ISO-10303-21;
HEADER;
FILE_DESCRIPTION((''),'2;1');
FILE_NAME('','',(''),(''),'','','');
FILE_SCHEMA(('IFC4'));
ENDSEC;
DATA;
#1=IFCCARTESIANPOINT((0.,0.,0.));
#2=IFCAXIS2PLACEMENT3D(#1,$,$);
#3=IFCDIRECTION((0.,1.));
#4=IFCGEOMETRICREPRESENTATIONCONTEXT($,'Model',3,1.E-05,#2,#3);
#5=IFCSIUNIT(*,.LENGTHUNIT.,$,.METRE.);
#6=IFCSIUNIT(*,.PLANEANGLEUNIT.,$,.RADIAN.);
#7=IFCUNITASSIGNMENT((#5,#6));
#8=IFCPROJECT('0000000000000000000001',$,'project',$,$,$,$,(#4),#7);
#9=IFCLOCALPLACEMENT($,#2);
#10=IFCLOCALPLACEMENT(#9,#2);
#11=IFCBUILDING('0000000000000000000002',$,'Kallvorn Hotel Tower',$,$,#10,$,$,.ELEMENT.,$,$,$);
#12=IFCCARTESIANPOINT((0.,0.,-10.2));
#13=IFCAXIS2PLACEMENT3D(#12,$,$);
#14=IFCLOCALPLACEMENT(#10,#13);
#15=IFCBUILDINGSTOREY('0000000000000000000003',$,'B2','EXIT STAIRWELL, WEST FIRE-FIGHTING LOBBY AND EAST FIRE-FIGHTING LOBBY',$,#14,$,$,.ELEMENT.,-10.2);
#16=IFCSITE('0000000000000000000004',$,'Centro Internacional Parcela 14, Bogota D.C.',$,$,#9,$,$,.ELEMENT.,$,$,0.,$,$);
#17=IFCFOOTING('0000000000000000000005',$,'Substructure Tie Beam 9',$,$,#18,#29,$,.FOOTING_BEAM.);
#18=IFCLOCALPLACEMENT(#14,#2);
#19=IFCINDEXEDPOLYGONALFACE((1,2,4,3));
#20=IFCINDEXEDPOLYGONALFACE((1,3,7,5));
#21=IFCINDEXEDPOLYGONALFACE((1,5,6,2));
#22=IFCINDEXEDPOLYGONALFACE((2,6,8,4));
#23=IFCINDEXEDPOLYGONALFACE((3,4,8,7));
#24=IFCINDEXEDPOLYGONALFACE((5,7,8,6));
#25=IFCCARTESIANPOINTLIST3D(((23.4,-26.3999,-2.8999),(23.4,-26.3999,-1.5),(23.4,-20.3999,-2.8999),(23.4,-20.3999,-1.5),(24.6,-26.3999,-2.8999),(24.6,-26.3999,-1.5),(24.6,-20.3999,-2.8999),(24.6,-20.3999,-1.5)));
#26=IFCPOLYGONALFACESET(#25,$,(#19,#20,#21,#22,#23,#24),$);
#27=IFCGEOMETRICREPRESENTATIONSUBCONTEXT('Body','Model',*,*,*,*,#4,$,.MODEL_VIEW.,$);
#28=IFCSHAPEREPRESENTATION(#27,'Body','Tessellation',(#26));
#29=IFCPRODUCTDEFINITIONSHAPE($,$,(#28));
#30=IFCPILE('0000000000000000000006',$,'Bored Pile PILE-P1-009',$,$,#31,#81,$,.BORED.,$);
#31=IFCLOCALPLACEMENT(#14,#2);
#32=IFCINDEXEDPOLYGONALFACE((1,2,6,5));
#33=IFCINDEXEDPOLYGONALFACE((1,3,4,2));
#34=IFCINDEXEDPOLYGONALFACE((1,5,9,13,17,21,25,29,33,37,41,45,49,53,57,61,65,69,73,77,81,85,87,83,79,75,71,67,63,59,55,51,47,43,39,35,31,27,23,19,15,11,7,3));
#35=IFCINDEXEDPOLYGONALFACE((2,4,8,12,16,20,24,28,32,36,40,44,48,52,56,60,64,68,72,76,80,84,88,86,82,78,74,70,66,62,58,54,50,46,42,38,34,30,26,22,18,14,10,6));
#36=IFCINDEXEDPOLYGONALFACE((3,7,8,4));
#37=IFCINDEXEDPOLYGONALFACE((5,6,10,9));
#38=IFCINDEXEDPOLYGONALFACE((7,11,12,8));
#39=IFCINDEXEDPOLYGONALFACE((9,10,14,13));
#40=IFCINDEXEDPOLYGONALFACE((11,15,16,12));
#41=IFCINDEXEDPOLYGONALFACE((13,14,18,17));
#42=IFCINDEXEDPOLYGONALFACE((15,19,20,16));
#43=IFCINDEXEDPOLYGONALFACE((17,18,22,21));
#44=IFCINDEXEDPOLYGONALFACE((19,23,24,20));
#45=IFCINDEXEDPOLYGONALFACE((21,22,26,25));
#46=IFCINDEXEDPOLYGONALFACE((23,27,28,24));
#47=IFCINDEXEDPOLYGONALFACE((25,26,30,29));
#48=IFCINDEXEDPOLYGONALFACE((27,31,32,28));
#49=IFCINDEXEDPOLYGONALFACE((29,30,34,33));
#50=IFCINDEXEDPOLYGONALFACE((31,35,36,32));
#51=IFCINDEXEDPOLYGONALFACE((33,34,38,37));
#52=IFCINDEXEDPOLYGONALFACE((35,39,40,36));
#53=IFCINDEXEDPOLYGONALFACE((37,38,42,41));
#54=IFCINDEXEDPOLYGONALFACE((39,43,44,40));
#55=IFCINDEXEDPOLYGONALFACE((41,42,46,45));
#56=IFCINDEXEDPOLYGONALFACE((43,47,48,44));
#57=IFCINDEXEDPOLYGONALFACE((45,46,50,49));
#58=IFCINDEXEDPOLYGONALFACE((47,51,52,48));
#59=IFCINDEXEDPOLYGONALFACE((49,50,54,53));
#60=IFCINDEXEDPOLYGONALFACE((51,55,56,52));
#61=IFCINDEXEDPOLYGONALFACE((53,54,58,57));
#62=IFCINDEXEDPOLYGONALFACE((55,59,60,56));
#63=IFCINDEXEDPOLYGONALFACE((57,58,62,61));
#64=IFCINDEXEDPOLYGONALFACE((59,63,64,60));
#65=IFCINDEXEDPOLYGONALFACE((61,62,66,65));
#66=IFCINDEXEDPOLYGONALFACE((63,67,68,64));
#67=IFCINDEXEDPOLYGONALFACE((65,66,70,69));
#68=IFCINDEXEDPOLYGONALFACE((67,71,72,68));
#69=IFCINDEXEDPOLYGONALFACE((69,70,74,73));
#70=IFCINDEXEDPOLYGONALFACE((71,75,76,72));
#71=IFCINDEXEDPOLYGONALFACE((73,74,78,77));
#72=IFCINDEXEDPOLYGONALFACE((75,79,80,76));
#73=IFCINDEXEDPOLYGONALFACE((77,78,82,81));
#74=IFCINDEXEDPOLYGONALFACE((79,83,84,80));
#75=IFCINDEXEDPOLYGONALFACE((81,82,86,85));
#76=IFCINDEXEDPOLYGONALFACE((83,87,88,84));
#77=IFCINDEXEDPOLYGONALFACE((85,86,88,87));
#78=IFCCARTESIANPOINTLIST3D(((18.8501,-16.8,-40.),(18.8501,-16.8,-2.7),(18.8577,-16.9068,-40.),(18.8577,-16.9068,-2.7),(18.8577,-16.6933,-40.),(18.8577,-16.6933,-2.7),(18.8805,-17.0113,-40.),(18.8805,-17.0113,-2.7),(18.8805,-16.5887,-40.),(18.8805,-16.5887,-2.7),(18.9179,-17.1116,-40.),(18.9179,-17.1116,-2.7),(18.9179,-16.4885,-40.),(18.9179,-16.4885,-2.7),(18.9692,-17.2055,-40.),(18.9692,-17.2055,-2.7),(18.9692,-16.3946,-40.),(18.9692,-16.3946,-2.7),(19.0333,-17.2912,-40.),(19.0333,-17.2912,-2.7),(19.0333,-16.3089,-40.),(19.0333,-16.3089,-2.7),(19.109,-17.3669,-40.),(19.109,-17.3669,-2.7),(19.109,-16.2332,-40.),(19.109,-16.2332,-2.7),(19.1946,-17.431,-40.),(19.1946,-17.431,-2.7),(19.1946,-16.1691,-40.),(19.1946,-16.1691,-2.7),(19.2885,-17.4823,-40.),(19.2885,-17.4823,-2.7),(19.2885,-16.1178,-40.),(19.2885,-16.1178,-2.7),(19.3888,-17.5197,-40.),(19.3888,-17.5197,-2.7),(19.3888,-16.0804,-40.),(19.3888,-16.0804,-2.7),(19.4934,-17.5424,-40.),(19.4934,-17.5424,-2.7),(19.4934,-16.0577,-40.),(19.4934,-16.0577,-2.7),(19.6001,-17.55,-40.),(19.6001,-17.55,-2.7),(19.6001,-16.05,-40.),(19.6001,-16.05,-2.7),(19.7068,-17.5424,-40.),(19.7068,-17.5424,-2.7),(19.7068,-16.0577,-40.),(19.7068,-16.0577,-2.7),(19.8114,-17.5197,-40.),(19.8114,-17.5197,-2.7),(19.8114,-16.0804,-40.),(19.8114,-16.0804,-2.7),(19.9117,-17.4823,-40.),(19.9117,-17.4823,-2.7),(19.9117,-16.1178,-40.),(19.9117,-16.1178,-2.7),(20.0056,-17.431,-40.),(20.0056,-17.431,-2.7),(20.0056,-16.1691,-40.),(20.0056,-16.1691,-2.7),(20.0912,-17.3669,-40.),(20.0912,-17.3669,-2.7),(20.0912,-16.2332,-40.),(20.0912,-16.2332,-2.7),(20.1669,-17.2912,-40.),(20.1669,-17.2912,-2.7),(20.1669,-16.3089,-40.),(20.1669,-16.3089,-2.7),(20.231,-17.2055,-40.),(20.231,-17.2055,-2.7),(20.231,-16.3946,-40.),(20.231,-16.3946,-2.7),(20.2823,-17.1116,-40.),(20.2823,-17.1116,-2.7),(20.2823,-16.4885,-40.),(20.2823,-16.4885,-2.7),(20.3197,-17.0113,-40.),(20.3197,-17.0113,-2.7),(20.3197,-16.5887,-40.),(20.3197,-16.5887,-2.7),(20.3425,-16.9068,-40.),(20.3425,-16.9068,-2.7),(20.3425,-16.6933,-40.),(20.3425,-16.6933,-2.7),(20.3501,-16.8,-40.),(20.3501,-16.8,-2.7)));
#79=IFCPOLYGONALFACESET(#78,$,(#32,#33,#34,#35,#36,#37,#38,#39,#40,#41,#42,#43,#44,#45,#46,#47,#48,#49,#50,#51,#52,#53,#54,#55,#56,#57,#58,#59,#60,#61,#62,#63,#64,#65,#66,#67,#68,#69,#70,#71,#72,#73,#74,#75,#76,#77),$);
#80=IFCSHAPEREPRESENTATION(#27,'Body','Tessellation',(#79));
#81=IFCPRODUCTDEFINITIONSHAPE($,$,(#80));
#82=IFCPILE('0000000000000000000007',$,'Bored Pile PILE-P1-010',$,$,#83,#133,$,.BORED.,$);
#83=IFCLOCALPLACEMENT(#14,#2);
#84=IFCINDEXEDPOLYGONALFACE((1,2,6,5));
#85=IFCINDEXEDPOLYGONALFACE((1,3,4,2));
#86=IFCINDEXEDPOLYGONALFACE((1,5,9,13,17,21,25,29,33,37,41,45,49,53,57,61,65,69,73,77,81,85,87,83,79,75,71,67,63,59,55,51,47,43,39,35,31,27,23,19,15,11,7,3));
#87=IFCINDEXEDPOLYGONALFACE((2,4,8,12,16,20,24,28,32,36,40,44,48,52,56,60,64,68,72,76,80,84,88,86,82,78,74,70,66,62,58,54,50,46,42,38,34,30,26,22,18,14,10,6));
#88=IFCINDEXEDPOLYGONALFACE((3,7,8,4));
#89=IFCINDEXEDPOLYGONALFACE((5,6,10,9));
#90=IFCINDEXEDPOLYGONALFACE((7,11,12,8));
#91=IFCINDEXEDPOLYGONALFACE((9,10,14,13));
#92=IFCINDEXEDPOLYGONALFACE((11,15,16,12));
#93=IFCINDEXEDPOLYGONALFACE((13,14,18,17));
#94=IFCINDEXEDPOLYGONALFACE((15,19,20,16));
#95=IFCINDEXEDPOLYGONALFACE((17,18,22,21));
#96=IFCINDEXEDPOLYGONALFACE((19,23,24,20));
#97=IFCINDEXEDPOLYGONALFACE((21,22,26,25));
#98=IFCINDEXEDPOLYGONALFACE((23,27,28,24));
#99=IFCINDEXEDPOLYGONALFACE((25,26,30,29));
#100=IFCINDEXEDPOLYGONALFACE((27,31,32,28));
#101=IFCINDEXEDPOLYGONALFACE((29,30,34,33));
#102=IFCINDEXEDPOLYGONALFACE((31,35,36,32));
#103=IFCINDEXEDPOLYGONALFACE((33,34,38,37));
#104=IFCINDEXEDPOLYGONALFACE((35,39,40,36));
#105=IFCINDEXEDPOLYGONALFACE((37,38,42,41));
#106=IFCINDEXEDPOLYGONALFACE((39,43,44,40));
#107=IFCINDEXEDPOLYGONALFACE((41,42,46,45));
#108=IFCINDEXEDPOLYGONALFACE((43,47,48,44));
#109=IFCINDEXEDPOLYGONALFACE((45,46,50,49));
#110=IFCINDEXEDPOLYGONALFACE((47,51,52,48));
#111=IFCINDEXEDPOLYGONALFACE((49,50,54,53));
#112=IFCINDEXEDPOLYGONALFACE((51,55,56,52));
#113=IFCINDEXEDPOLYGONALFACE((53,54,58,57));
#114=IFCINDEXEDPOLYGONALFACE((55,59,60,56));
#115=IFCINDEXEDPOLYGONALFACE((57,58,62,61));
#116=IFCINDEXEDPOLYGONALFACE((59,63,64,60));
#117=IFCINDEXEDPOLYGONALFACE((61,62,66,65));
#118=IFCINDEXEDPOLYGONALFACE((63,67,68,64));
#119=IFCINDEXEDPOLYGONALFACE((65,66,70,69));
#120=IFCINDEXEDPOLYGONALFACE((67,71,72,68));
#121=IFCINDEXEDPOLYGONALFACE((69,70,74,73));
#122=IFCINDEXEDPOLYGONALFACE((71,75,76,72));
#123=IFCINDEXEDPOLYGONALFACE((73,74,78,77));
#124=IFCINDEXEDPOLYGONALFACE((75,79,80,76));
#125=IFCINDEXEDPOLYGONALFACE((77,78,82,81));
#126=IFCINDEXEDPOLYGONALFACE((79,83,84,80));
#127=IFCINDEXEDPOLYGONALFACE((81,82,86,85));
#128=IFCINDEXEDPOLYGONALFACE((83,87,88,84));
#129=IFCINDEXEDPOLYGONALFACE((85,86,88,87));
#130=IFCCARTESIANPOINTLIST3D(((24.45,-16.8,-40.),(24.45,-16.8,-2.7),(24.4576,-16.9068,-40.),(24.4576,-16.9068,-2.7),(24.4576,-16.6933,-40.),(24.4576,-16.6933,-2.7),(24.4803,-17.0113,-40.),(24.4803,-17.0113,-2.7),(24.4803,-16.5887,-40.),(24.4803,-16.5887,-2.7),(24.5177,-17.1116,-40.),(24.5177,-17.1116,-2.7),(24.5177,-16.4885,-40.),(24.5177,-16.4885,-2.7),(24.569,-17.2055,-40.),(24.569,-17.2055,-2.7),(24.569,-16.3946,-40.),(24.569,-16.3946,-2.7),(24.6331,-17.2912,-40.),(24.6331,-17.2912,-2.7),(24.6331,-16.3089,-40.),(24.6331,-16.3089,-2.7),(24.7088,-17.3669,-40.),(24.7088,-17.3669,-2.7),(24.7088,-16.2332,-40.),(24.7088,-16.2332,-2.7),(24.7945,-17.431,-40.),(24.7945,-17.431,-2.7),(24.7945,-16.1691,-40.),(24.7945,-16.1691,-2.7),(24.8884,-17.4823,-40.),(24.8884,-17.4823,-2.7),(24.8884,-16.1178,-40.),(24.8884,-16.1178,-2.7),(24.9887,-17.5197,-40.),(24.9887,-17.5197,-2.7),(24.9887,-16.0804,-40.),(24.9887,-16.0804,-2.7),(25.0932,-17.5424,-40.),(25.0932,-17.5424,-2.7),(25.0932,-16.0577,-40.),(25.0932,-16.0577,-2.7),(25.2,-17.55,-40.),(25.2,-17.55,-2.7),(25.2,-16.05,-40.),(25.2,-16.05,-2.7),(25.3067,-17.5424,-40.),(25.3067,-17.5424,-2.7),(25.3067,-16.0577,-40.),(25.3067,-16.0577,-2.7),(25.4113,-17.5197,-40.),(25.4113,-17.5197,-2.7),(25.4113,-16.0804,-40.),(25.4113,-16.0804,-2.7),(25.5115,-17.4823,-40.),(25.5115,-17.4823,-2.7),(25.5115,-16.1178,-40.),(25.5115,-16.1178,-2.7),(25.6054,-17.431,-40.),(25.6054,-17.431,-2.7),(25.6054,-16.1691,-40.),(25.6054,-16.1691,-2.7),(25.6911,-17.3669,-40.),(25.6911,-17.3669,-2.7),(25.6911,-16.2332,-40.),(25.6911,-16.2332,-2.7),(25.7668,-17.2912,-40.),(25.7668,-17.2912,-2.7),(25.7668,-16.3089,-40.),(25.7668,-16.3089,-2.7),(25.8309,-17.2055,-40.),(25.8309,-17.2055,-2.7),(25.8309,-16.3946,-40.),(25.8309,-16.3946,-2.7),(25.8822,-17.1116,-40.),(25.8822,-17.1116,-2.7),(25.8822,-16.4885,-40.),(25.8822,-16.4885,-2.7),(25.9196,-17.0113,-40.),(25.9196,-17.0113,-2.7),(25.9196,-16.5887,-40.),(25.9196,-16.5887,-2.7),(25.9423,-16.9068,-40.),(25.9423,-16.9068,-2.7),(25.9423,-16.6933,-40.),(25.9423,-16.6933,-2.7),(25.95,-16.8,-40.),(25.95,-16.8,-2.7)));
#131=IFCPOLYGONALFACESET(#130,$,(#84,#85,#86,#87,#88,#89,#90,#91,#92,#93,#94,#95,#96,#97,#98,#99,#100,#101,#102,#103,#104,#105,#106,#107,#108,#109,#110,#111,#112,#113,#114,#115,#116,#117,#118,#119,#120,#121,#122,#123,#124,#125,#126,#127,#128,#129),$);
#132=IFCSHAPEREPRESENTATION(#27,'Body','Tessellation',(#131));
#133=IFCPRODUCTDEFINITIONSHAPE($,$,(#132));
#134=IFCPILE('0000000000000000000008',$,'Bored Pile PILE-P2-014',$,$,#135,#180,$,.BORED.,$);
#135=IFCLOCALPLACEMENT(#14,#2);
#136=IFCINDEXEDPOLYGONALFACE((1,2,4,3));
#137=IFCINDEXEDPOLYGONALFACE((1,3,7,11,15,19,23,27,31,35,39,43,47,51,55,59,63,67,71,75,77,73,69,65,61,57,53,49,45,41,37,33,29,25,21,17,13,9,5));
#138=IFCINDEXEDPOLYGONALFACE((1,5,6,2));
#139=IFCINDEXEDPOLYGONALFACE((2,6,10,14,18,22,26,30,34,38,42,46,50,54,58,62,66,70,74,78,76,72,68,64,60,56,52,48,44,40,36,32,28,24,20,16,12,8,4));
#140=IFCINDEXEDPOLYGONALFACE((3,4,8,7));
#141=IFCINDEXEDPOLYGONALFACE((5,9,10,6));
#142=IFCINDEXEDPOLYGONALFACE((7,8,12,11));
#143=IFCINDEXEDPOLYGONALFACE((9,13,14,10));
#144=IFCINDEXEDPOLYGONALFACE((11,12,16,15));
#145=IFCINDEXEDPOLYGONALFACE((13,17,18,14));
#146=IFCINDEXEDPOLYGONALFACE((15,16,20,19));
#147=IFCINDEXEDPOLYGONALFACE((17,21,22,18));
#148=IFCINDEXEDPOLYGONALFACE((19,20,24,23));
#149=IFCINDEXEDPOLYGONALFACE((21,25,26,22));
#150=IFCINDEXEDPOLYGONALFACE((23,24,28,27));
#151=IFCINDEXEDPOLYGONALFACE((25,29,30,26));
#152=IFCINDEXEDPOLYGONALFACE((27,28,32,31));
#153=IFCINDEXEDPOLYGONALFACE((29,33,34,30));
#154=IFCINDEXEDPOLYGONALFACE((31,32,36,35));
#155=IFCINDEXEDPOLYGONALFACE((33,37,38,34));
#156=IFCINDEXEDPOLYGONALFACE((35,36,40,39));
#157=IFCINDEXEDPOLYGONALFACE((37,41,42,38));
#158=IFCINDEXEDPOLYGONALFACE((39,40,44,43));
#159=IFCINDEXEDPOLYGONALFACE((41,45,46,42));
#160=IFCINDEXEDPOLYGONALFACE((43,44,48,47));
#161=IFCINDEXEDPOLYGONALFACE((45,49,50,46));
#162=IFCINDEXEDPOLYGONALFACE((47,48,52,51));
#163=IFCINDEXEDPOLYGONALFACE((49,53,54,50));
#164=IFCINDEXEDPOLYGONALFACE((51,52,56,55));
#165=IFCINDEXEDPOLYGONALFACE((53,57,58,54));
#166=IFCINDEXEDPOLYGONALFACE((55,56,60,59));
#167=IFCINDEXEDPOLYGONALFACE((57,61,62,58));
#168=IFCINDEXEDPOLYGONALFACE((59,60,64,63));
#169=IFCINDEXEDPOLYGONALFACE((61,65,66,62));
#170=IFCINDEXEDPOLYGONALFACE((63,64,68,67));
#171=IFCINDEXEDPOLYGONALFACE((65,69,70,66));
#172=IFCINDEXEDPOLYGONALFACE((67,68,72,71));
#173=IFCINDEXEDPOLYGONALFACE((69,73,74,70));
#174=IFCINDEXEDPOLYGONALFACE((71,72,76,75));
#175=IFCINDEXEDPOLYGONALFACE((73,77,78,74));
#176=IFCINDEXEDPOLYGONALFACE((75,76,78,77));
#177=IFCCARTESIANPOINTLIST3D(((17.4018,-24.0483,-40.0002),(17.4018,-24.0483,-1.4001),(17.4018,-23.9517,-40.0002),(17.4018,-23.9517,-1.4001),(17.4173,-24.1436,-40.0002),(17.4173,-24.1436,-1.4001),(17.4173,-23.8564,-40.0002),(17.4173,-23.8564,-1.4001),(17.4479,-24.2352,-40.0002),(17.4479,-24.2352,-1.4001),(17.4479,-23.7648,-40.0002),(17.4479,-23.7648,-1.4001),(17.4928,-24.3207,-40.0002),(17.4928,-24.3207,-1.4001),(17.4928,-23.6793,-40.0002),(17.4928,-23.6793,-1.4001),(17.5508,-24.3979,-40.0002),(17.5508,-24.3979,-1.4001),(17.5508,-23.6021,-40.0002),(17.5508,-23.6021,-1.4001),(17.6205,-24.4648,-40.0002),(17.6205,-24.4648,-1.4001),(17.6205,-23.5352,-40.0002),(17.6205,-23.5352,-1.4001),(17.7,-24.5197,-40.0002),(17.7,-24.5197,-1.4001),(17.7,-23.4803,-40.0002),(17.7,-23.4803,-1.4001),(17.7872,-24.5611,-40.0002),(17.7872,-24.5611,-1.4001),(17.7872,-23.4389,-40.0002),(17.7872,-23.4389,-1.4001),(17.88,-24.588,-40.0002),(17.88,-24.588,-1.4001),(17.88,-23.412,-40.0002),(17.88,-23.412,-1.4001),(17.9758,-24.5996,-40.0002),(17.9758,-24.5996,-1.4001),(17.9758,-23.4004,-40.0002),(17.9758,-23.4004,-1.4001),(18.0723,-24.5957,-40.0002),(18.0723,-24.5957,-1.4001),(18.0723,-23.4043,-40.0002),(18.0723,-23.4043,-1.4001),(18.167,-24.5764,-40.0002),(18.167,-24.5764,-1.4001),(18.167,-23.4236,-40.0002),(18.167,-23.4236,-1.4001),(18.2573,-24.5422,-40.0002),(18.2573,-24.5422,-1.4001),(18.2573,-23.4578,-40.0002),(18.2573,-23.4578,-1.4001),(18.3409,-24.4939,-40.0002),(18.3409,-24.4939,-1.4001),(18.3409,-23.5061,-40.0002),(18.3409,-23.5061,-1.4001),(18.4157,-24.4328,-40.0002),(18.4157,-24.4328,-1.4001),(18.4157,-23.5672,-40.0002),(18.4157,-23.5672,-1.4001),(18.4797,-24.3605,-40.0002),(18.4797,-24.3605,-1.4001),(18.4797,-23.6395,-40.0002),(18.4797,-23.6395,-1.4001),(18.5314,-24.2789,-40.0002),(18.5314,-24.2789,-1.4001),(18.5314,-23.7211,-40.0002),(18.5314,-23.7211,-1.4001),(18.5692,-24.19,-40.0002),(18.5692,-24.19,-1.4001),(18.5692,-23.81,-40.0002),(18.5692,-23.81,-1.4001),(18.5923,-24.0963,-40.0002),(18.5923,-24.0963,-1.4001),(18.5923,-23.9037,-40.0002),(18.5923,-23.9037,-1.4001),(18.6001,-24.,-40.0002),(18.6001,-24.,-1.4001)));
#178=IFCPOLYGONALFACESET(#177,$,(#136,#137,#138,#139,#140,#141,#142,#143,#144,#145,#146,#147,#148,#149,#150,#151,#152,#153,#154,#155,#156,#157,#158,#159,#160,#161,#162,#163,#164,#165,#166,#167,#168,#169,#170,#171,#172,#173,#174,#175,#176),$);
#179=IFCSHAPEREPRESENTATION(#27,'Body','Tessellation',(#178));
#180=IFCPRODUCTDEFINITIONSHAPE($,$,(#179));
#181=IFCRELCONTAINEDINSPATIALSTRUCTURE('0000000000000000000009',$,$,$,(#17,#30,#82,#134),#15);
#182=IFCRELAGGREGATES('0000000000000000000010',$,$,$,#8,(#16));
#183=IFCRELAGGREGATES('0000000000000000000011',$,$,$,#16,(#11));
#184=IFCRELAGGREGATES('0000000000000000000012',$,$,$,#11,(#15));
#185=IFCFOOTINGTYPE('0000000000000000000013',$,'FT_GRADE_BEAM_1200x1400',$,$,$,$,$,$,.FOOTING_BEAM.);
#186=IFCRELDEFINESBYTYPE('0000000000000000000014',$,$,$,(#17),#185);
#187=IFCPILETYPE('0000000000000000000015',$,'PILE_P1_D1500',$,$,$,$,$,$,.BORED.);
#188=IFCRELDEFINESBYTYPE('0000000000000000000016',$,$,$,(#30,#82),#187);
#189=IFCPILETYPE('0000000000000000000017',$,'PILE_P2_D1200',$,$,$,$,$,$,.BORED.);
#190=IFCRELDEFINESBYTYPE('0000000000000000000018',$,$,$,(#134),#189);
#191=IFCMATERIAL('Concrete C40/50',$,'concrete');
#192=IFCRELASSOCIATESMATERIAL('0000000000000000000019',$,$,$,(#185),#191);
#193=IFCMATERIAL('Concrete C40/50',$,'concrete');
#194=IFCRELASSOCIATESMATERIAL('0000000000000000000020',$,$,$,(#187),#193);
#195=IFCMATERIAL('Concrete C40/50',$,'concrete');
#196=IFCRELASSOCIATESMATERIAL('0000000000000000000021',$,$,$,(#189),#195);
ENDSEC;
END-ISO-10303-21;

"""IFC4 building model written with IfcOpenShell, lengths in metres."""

from ifc_helpers import new_model, si_unit, direction, frame, origin, origin_2d, place, context, subcontext, project, spatial, rectangle, circle, extrude, material, material_profile, profile_set, type_object, element, save


model = new_model("IFC4")

# Units and contexts
model_context = context("Model", 3, precision=1e-05, world=origin(), true_north=direction((0.0, 1.0)))
body_context = subcontext(model_context, "Body", "Model", "MODEL_VIEW")
ifc_project = project(units=[si_unit("LENGTHUNIT", "METRE"), si_unit("PLANEANGLEUNIT", "RADIAN")], contexts=[model_context])

# Site, building, storey
site_placement = place(None, origin())
site = spatial("IfcSite", under=ifc_project, at=site_placement, Name="Centro Internacional Parcela 14, Bogota D.C.", CompositionType="ELEMENT", RefElevation=0.0)
building_placement = place(site_placement, origin())
building = spatial("IfcBuilding", under=site, at=building_placement, Name="Kallvorn Hotel Tower", CompositionType="ELEMENT")
storey_placement = place(building_placement, frame((0.0, 0.0, -10.2)))
storey = spatial("IfcBuildingStorey", under=building, at=storey_placement, Name="B2", Description="EXIT STAIRWELL, WEST FIRE-FIGHTING LOBBY AND EAST FIRE-FIGHTING LOBBY", CompositionType="ELEMENT", Elevation=-10.2)

# Footing
ifc_material_1 = material(Name="Concrete C40/50", Category="concrete")
ifc_material_profile_1 = material_profile(ifc_material_1, rectangle(XDim=1.2, YDim=1.3999, at=origin_2d()), Name="RC 1200x1400")
ifc_profile_set_1 = profile_set([ifc_material_profile_1], Name="Concrete C40/50")
footing_type = type_object("IfcFootingType", Name="FT_GRADE_BEAM_1200x1400", PredefinedType="FOOTING_BEAM", material=ifc_profile_set_1)
footing_placement = place(storey_placement, frame((24.0, -26.3999, -2.2), z_axis=(0.0, 1.0, 0.0), x_axis=(-1.0, 0.0, 0.0)))
element("IfcFooting", 1, at=footing_placement, inside=storey, type_object=footing_type, Name="Substructure Tie Beam 9", PredefinedType="FOOTING_BEAM", context=body_context, shape_type="SweptSolid", body=[
    extrude(rectangle(XDim=1.2, YDim=1.3999, at=origin_2d()), origin(), (0.0, 0.0, 1.0), 6.0),
])

# Piles
ifc_material_2 = material(Name="Concrete C40/50", Category="concrete")
ifc_material_profile_2 = material_profile(ifc_material_2, circle(Radius=0.75, at=origin_2d()), Name="PILE D1500")
ifc_profile_set_2 = profile_set([ifc_material_profile_2], Name="Concrete C40/50")
pile_type_1 = type_object("IfcPileType", Name="PILE_P1_D1500", PredefinedType="BORED", material=ifc_profile_set_2)
for number, where, z_axis, x_axis, name in (
    (2, (19.6001, -16.8, -2.7), (0.0, 0.0, -1.0), (1.0, 0.0, 0.0), "Bored Pile PILE-P1-009"),
    (3, (25.2, -16.8, -2.7), (0.0, 0.0, -1.0), (1.0, 0.0, 0.0), "Bored Pile PILE-P1-010"),
):
    element("IfcPile", number, at=place(storey_placement, frame(where, z_axis=z_axis, x_axis=x_axis)), inside=storey, type_object=pile_type_1, Name=name, PredefinedType="BORED", context=body_context, shape_type="SweptSolid", body=[
        extrude(circle(Radius=0.75, at=origin_2d()), origin(), (0.0, 0.0, 1.0), 37.3),
    ])
ifc_material_3 = material(Name="Concrete C40/50", Category="concrete")
ifc_material_profile_3 = material_profile(ifc_material_3, circle(Radius=0.6001, at=origin_2d()), Name="PILE D1200")
ifc_profile_set_3 = profile_set([ifc_material_profile_3], Name="Concrete C40/50")
pile_type_2 = type_object("IfcPileType", Name="PILE_P2_D1200", PredefinedType="BORED", material=ifc_profile_set_3)
for number, where, z_axis, x_axis, name in (
    (4, (18.0, -24.0, -1.4001), (0.0, 0.0, -1.0), (1.0, 0.0, 0.0), "Bored Pile PILE-P2-014"),
):
    element("IfcPile", number, at=place(storey_placement, frame(where, z_axis=z_axis, x_axis=x_axis)), inside=storey, type_object=pile_type_2, Name=name, PredefinedType="BORED", context=body_context, shape_type="SweptSolid", body=[
        extrude(circle(Radius=0.6001, at=origin_2d()), origin(), (0.0, 0.0, 1.0), 38.6001),
    ])

save(model, "model.ifc")
